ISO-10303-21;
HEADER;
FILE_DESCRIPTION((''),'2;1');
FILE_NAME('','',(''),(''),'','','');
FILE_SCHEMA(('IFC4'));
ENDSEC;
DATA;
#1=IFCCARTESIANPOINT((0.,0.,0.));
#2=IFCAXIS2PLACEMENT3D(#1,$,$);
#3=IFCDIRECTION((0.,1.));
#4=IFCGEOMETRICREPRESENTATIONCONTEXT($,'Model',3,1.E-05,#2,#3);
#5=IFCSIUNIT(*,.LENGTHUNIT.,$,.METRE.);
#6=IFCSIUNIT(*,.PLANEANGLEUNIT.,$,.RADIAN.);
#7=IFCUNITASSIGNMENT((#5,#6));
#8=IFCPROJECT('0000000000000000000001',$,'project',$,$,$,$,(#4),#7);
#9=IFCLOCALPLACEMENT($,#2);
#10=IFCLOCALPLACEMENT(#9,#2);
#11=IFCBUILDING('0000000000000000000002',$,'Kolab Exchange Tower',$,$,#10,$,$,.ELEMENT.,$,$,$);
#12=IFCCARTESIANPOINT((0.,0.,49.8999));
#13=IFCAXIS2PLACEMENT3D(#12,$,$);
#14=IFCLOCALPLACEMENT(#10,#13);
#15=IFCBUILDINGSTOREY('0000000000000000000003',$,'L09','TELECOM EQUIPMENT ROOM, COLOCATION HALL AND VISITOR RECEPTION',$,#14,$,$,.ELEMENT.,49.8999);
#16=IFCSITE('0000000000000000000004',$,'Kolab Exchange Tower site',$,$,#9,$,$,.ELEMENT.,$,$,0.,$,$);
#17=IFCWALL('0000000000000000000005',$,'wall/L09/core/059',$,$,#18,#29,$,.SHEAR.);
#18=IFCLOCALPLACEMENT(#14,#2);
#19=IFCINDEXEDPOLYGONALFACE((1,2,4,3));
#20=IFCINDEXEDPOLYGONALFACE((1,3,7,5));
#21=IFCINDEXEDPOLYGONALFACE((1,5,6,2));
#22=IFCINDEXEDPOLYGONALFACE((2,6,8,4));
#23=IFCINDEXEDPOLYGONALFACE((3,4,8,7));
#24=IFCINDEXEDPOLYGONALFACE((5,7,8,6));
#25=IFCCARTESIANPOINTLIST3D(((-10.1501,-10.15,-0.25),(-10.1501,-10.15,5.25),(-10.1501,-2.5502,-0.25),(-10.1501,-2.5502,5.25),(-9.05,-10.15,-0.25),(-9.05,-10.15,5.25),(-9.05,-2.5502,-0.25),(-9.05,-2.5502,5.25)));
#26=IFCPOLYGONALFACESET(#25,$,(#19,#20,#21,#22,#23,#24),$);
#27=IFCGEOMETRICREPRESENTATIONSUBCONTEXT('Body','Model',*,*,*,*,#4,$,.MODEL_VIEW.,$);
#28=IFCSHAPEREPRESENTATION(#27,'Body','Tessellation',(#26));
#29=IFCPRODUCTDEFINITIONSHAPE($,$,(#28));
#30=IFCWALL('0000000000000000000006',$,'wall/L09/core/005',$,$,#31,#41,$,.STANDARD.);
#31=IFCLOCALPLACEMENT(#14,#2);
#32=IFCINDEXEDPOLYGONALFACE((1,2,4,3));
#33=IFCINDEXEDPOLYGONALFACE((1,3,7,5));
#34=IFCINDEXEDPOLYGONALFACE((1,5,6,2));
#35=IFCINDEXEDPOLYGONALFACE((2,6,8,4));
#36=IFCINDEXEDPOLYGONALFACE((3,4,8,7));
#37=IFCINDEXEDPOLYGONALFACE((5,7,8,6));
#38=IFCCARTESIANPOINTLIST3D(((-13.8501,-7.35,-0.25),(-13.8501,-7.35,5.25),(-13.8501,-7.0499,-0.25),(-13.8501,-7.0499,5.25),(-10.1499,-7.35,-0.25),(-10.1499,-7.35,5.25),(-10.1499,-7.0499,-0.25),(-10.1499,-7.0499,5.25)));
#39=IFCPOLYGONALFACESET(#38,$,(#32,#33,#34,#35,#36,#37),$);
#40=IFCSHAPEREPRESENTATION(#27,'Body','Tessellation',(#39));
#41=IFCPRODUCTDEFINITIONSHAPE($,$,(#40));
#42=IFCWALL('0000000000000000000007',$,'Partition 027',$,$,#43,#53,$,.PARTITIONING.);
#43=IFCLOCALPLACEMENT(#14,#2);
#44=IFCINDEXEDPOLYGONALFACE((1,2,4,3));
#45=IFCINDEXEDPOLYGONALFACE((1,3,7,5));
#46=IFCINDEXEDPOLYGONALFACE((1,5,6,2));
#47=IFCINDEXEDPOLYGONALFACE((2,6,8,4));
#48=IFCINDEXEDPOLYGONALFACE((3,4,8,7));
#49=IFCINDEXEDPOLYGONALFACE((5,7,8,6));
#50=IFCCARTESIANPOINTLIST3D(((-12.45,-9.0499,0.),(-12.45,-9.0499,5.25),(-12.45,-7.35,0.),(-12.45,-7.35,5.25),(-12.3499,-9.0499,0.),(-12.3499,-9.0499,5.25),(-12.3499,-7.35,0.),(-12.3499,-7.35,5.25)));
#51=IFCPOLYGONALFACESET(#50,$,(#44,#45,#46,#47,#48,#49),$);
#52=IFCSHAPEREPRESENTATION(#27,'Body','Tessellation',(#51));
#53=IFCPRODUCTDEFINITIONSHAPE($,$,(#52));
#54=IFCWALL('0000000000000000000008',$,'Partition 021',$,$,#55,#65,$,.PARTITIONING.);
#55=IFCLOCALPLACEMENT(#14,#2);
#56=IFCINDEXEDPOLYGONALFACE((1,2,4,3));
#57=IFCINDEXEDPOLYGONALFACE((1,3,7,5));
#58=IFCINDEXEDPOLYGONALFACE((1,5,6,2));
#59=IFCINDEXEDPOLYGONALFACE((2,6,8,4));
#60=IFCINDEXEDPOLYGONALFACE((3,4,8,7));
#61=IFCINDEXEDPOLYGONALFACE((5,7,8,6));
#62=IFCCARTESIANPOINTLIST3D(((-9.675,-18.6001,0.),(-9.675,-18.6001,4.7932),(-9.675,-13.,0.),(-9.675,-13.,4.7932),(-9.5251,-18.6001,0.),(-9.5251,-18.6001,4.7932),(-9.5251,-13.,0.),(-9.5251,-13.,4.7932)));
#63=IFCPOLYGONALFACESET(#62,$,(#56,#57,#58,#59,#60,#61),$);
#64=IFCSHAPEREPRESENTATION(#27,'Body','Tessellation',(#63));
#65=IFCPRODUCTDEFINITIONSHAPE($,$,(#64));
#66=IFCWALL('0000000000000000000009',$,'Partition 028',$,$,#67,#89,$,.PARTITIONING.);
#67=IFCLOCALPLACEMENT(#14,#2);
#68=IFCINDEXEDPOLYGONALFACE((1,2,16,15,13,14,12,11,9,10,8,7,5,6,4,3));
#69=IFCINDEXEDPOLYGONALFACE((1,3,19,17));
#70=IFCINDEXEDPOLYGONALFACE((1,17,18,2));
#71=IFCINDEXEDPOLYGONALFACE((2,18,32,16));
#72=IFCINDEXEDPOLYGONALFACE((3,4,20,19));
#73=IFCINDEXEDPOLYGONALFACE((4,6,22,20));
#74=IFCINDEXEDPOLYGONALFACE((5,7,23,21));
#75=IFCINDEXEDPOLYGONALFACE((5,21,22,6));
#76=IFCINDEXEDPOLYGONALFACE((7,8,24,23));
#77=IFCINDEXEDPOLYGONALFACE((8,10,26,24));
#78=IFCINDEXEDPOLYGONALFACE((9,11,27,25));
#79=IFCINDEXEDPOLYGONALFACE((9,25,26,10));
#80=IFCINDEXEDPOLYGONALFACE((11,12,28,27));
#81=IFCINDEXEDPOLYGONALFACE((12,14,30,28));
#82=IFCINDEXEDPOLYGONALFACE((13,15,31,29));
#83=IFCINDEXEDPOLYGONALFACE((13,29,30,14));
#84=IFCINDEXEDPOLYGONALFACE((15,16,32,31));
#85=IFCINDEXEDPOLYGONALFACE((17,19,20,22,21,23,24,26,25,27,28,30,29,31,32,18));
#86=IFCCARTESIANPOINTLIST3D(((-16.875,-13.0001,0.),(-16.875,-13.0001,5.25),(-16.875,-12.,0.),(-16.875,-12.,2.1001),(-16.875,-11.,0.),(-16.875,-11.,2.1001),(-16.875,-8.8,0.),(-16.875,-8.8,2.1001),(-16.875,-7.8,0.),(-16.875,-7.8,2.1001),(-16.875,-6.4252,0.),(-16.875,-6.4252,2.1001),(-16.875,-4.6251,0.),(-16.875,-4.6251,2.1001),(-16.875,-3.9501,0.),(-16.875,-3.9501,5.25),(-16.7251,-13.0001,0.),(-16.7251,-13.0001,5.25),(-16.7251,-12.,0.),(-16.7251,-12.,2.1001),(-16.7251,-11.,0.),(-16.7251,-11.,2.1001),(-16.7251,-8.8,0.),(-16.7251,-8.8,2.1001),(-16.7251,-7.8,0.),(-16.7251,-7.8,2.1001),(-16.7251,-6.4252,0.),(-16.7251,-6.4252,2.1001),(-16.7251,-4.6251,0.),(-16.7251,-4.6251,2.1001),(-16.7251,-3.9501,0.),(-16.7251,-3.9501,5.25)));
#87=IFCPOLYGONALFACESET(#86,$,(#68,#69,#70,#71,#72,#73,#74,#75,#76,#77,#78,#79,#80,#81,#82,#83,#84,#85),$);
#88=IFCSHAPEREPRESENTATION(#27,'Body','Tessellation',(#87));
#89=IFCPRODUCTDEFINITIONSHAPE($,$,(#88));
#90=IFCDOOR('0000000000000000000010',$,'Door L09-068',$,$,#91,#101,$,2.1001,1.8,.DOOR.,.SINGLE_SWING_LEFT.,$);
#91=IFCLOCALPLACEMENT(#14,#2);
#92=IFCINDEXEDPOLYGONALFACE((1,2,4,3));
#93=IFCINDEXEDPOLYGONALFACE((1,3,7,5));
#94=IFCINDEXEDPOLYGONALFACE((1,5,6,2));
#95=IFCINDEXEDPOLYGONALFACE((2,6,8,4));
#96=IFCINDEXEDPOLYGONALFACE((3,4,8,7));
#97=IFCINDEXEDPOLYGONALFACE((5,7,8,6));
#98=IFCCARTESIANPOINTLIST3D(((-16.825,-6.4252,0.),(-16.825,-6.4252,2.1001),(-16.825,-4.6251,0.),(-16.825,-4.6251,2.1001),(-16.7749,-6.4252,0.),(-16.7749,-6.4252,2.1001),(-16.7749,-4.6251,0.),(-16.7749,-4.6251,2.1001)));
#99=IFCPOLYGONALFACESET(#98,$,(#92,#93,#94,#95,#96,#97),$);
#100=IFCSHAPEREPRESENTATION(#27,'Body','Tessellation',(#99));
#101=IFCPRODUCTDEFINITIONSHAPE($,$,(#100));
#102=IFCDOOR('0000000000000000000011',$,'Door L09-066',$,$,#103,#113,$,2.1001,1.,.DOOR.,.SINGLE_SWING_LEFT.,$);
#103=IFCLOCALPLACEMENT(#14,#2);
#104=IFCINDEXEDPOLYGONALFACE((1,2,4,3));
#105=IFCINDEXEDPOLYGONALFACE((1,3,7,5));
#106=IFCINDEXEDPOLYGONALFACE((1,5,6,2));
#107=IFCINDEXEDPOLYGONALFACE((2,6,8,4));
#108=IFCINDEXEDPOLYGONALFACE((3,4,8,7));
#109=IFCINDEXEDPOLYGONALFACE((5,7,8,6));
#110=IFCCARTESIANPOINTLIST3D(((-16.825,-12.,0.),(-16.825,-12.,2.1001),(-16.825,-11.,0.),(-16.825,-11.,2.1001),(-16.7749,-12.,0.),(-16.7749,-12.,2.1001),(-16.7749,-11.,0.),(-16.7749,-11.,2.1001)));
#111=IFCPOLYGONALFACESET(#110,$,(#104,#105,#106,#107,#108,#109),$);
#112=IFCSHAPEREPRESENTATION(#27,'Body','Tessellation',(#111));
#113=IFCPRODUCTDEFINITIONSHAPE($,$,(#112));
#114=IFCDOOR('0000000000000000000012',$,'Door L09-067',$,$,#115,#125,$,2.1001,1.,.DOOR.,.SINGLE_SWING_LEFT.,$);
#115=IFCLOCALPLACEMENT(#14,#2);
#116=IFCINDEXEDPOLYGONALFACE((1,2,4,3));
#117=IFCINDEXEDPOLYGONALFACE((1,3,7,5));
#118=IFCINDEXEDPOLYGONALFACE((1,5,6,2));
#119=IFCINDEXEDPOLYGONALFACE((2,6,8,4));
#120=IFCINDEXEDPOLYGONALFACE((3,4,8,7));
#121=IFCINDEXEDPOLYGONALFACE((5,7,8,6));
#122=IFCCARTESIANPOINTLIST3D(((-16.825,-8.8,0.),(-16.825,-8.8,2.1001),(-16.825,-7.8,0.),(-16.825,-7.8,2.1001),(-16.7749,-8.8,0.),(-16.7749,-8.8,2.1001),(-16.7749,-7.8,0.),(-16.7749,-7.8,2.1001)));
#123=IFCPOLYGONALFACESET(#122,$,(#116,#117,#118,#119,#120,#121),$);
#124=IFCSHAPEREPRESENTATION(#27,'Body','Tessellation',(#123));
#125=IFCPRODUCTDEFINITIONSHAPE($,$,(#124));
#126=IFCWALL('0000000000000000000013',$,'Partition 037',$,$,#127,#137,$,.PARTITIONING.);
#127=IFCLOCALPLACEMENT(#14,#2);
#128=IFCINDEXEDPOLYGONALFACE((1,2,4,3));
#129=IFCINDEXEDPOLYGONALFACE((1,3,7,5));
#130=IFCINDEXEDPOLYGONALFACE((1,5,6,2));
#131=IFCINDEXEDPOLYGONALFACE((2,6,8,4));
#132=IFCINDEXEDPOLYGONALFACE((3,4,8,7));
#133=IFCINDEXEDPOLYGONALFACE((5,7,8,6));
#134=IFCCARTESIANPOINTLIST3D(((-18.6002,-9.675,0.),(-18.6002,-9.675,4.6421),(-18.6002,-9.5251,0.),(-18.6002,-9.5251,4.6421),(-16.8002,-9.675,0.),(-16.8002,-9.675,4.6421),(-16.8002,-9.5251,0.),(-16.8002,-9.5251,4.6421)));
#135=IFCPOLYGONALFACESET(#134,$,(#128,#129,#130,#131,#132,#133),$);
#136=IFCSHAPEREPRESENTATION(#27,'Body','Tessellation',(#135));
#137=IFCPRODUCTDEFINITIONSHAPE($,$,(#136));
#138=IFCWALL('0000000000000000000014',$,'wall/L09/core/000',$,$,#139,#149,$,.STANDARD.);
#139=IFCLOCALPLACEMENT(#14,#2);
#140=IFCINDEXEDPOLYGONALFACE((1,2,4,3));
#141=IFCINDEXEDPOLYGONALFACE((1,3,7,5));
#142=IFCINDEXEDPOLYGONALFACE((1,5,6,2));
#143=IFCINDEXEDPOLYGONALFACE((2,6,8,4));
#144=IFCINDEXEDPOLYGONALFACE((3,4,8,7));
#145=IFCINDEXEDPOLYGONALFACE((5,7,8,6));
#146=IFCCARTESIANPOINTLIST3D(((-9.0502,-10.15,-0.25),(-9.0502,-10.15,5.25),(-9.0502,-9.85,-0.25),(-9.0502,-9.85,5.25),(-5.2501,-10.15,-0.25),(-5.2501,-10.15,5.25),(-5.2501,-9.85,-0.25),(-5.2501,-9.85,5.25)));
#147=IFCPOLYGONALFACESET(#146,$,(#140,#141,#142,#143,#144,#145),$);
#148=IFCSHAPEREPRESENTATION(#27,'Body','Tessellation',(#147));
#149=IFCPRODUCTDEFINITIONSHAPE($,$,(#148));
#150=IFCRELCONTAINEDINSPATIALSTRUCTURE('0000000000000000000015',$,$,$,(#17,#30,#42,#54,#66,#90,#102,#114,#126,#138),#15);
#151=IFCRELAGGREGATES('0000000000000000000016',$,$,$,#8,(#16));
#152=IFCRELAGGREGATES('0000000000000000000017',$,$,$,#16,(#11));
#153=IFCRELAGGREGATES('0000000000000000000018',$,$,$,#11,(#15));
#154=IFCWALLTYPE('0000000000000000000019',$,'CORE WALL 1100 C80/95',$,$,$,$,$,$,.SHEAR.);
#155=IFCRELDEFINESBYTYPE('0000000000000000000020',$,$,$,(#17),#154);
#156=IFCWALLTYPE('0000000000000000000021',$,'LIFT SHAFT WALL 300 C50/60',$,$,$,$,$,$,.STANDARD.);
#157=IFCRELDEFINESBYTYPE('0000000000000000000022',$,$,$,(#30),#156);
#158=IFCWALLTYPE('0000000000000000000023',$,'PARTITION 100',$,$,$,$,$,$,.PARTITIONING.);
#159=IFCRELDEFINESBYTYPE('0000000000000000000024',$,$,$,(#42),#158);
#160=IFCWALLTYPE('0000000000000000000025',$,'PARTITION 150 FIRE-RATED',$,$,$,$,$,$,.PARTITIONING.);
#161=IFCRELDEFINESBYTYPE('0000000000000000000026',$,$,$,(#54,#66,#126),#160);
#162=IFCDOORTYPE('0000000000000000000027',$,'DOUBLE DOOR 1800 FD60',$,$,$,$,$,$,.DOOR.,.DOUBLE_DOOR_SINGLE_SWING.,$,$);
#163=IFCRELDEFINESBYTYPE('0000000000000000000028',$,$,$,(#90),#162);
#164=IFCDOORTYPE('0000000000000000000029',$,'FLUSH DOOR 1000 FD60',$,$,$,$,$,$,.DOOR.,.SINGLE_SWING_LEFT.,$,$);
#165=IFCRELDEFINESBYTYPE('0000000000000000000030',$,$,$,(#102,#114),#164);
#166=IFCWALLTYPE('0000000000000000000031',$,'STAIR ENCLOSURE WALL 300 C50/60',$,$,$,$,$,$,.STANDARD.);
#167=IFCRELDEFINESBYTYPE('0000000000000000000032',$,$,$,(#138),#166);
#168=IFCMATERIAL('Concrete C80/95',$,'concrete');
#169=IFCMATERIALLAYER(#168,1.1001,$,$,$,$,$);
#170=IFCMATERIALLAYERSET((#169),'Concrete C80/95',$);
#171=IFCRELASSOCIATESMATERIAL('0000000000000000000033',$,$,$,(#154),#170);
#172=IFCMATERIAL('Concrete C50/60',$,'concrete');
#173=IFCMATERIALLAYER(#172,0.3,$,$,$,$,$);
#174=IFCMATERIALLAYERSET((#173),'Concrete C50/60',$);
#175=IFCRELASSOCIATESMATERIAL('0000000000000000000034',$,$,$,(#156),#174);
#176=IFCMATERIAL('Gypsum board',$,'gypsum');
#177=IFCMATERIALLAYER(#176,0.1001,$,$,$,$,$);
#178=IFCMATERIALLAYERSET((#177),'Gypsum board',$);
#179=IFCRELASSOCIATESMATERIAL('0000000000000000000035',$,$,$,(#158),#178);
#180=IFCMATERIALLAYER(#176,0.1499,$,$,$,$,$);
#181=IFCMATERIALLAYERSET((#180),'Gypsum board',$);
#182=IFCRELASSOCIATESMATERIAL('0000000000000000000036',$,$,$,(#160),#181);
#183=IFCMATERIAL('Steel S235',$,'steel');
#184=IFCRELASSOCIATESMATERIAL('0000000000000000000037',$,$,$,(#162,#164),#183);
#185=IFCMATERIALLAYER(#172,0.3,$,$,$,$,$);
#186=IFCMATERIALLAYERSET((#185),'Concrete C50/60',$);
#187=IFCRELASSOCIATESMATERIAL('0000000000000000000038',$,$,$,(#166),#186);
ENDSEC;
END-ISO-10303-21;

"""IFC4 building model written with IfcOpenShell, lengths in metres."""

from ifc_helpers import new_model, si_unit, direction, frame, frame_2d, origin, place, context, subcontext, project, spatial, rectangle, extrude, material, layer, layer_set, type_object, element, fill, save


model = new_model("IFC4")

# Units and contexts
model_context = context("Model", 3, precision=1e-05, world=origin(), true_north=direction((0.0, 1.0)))
body_context = subcontext(model_context, "Body", "Model", "MODEL_VIEW")
ifc_project = project(units=[si_unit("LENGTHUNIT", "METRE"), si_unit("PLANEANGLEUNIT", "RADIAN")], contexts=[model_context])

# Site, building, storey
site_placement = place(None, origin())
site = spatial("IfcSite", under=ifc_project, at=site_placement, Name="Kolab Exchange Tower site", CompositionType="ELEMENT", RefElevation=0.0)
building_placement = place(site_placement, origin())
building = spatial("IfcBuilding", under=site, at=building_placement, Name="Kolab Exchange Tower", CompositionType="ELEMENT")
storey_placement = place(building_placement, frame((0.0, 0.0, 49.8999)))
storey = spatial("IfcBuildingStorey", under=building, at=storey_placement, Name="L09", Description="TELECOM EQUIPMENT ROOM, COLOCATION HALL AND VISITOR RECEPTION", CompositionType="ELEMENT", Elevation=49.8999)

# Shared definitions
ifc_material_1 = material(Name="Concrete C80/95", Category="concrete")
ifc_layer_1 = layer(ifc_material_1, 1.1001)
ifc_layer_set_1 = layer_set([ifc_layer_1], Name="Concrete C80/95")
wall_type_1 = type_object("IfcWallType", Name="CORE WALL 1100 C80/95", PredefinedType="SHEAR", material=ifc_layer_set_1)
ifc_material_2 = material(Name="Steel S235", Category="steel")

# Walls
wall_1_placement = place(storey_placement, frame((-9.6001, -10.1499, -0.25), z_axis=(0.0, 0.0, 1.0), x_axis=(0.0, 1.0, 0.0)))
element("IfcWall", 1, at=wall_1_placement, inside=storey, type_object=wall_type_1, Name="wall/L09/core/059", PredefinedType="SHEAR", context=body_context, shape_type="SweptSolid", body=[
    extrude(rectangle(XDim=7.5999, YDim=1.1001, at=frame_2d((3.7998, 0.0))), origin(), (0.0, 0.0, 1.0), 5.5),
])
ifc_material_3 = material(Name="Concrete C50/60", Category="concrete")
ifc_layer_2 = layer(ifc_material_3, 0.3)
ifc_layer_set_2 = layer_set([ifc_layer_2], Name="Concrete C50/60")
wall_type_2 = type_object("IfcWallType", Name="LIFT SHAFT WALL 300 C50/60", PredefinedType="STANDARD", material=ifc_layer_set_2)
wall_2_placement = place(storey_placement, frame((-13.8501, -7.2, -0.25), z_axis=(0.0, 0.0, 1.0), x_axis=(1.0, 0.0, 0.0)))
element("IfcWall", 2, at=wall_2_placement, inside=storey, type_object=wall_type_2, Name="wall/L09/core/005", PredefinedType="STANDARD", context=body_context, shape_type="SweptSolid", body=[
    extrude(rectangle(XDim=3.7002, YDim=0.3, at=frame_2d((1.8501, 0.0))), origin(), (0.0, 0.0, 1.0), 5.5),
])
ifc_material_4 = material(Name="Gypsum board", Category="gypsum")
ifc_layer_3 = layer(ifc_material_4, 0.1001)
ifc_layer_set_3 = layer_set([ifc_layer_3], Name="Gypsum board")
wall_type_3 = type_object("IfcWallType", Name="PARTITION 100", PredefinedType="PARTITIONING", material=ifc_layer_set_3)
wall_3_placement = place(storey_placement, frame((-12.3999, -9.05, 0.0), z_axis=(0.0, 0.0, 1.0), x_axis=(0.0, 1.0, 0.0)))
element("IfcWall", 3, at=wall_3_placement, inside=storey, type_object=wall_type_3, Name="Partition 027", PredefinedType="PARTITIONING", context=body_context, shape_type="SweptSolid", body=[
    extrude(rectangle(XDim=1.7, YDim=0.1001, at=frame_2d((0.8501, 0.0))), origin(), (0.0, 0.0, 1.0), 5.25),
])
ifc_layer_4 = layer(ifc_material_4, 0.1499)
ifc_layer_set_4 = layer_set([ifc_layer_4], Name="Gypsum board")
wall_type_4 = type_object("IfcWallType", Name="PARTITION 150 FIRE-RATED", PredefinedType="PARTITIONING", material=ifc_layer_set_4)
wall_4_placement = place(storey_placement, frame((-9.6001, -18.6001, 0.0), z_axis=(0.0, 0.0, 1.0), x_axis=(0.0, 1.0, 0.0)))
element("IfcWall", 4, at=wall_4_placement, inside=storey, type_object=wall_type_4, Name="Partition 021", PredefinedType="PARTITIONING", context=body_context, shape_type="SweptSolid", body=[
    extrude(rectangle(XDim=5.6001, YDim=0.1499, at=frame_2d((2.8, 0.0))), origin(), (0.0, 0.0, 1.0), 4.7932),
])

# Wall, openings, doors
wall_5_placement = place(storey_placement, frame((-16.8, -13.0, 0.0), z_axis=(0.0, 0.0, 1.0), x_axis=(0.0, 1.0, 0.0)))
wall_5 = element("IfcWall", 5, at=wall_5_placement, inside=storey, type_object=wall_type_4, Name="Partition 028", PredefinedType="PARTITIONING", context=body_context, shape_type="SweptSolid", body=[
    extrude(rectangle(XDim=9.05, YDim=0.1499, at=frame_2d((4.5249, 0.0))), origin(), (0.0, 0.0, 1.0), 5.25),
])
opening_1_placement = place(wall_5_placement, frame((1.0, 0.0, 0.0)))
opening_1 = element("IfcOpeningElement", 6, at=opening_1_placement, cuts=wall_5, PredefinedType="OPENING", context=body_context, shape_type="SweptSolid", body=[
    extrude(rectangle(XDim=1.0, YDim=2.1001, at=frame_2d((0.5, 1.05))), frame((0.0, 0.085, 0.0), z_axis=(0.0, -1.0, 0.0), x_axis=(1.0, 0.0, 0.0)), (0.0, 0.0, 1.0), 0.1699),
])
opening_2_placement = place(wall_5_placement, frame((4.2, 0.0, 0.0)))
opening_2 = element("IfcOpeningElement", 7, at=opening_2_placement, cuts=wall_5, PredefinedType="OPENING", context=body_context, shape_type="SweptSolid", body=[
    extrude(rectangle(XDim=1.0, YDim=2.1001, at=frame_2d((0.5, 1.05))), frame((0.0, 0.085, 0.0), z_axis=(0.0, -1.0, 0.0), x_axis=(1.0, 0.0, 0.0)), (0.0, 0.0, 1.0), 0.1699),
])
opening_3_placement = place(wall_5_placement, frame((6.575, 0.0, 0.0)))
opening_3 = element("IfcOpeningElement", 8, at=opening_3_placement, cuts=wall_5, PredefinedType="OPENING", context=body_context, shape_type="SweptSolid", body=[
    extrude(rectangle(XDim=1.8, YDim=2.1001, at=frame_2d((0.8999, 1.05))), frame((0.0, 0.085, 0.0), z_axis=(0.0, -1.0, 0.0), x_axis=(1.0, 0.0, 0.0)), (0.0, 0.0, 1.0), 0.1699),
])
door_type_1 = type_object("IfcDoorType", Name="DOUBLE DOOR 1800 FD60", OperationType="DOUBLE_DOOR_SINGLE_SWING", PredefinedType="DOOR", material=ifc_material_2)
door_1_placement = place(opening_3_placement, origin())
door_1 = element("IfcDoor", 9, at=door_1_placement, inside=storey, type_object=door_type_1, Name="Door L09-068", OperationType="SINGLE_SWING_LEFT", OverallHeight=2.1001, OverallWidth=1.8, PredefinedType="DOOR", context=body_context, shape_type="SweptSolid", body=[
    extrude(rectangle(XDim=1.8, YDim=2.1001, at=frame_2d((0.8999, 1.05))), frame((0.0, 0.0249, 0.0), z_axis=(0.0, -1.0, 0.0), x_axis=(1.0, 0.0, 0.0)), (0.0, 0.0, 1.0), 0.05),
])
fill(opening_3, door_1)
door_type_2 = type_object("IfcDoorType", Name="FLUSH DOOR 1000 FD60", OperationType="SINGLE_SWING_LEFT", PredefinedType="DOOR", material=ifc_material_2)
door_2_placement = place(opening_1_placement, origin())
door_2 = element("IfcDoor", 10, at=door_2_placement, inside=storey, type_object=door_type_2, Name="Door L09-066", OperationType="SINGLE_SWING_LEFT", OverallHeight=2.1001, OverallWidth=1.0, PredefinedType="DOOR", context=body_context, shape_type="SweptSolid", body=[
    extrude(rectangle(XDim=1.0, YDim=2.1001, at=frame_2d((0.5, 1.05))), frame((0.0, 0.0249, 0.0), z_axis=(0.0, -1.0, 0.0), x_axis=(1.0, 0.0, 0.0)), (0.0, 0.0, 1.0), 0.05),
])
fill(opening_1, door_2)
door_3_placement = place(opening_2_placement, origin())
door_3 = element("IfcDoor", 11, at=door_3_placement, inside=storey, type_object=door_type_2, Name="Door L09-067", OperationType="SINGLE_SWING_LEFT", OverallHeight=2.1001, OverallWidth=1.0, PredefinedType="DOOR", context=body_context, shape_type="SweptSolid", body=[
    extrude(rectangle(XDim=1.0, YDim=2.1001, at=frame_2d((0.5, 1.05))), frame((0.0, 0.0249, 0.0), z_axis=(0.0, -1.0, 0.0), x_axis=(1.0, 0.0, 0.0)), (0.0, 0.0, 1.0), 0.05),
])
fill(opening_2, door_3)

# Walls
wall_6_placement = place(storey_placement, frame((-18.6001, -9.6001, 0.0), z_axis=(0.0, 0.0, 1.0), x_axis=(1.0, 0.0, 0.0)))
element("IfcWall", 12, at=wall_6_placement, inside=storey, type_object=wall_type_4, Name="Partition 037", PredefinedType="PARTITIONING", context=body_context, shape_type="SweptSolid", body=[
    extrude(rectangle(XDim=1.8, YDim=0.1499, at=frame_2d((0.8999, 0.0))), origin(), (0.0, 0.0, 1.0), 4.6421),
])
ifc_layer_5 = layer(ifc_material_3, 0.3)
ifc_layer_set_5 = layer_set([ifc_layer_5], Name="Concrete C50/60")
wall_type_5 = type_object("IfcWallType", Name="STAIR ENCLOSURE WALL 300 C50/60", PredefinedType="STANDARD", material=ifc_layer_set_5)
wall_7_placement = place(storey_placement, frame((-9.05, -10.0, -0.25), z_axis=(0.0, 0.0, 1.0), x_axis=(1.0, 0.0, 0.0)))
element("IfcWall", 13, at=wall_7_placement, inside=storey, type_object=wall_type_5, Name="wall/L09/core/000", PredefinedType="STANDARD", context=body_context, shape_type="SweptSolid", body=[
    extrude(rectangle(XDim=3.8, YDim=0.3, at=frame_2d((1.8999, 0.0))), origin(), (0.0, 0.0, 1.0), 5.5),
])

save(model, "model.ifc")
